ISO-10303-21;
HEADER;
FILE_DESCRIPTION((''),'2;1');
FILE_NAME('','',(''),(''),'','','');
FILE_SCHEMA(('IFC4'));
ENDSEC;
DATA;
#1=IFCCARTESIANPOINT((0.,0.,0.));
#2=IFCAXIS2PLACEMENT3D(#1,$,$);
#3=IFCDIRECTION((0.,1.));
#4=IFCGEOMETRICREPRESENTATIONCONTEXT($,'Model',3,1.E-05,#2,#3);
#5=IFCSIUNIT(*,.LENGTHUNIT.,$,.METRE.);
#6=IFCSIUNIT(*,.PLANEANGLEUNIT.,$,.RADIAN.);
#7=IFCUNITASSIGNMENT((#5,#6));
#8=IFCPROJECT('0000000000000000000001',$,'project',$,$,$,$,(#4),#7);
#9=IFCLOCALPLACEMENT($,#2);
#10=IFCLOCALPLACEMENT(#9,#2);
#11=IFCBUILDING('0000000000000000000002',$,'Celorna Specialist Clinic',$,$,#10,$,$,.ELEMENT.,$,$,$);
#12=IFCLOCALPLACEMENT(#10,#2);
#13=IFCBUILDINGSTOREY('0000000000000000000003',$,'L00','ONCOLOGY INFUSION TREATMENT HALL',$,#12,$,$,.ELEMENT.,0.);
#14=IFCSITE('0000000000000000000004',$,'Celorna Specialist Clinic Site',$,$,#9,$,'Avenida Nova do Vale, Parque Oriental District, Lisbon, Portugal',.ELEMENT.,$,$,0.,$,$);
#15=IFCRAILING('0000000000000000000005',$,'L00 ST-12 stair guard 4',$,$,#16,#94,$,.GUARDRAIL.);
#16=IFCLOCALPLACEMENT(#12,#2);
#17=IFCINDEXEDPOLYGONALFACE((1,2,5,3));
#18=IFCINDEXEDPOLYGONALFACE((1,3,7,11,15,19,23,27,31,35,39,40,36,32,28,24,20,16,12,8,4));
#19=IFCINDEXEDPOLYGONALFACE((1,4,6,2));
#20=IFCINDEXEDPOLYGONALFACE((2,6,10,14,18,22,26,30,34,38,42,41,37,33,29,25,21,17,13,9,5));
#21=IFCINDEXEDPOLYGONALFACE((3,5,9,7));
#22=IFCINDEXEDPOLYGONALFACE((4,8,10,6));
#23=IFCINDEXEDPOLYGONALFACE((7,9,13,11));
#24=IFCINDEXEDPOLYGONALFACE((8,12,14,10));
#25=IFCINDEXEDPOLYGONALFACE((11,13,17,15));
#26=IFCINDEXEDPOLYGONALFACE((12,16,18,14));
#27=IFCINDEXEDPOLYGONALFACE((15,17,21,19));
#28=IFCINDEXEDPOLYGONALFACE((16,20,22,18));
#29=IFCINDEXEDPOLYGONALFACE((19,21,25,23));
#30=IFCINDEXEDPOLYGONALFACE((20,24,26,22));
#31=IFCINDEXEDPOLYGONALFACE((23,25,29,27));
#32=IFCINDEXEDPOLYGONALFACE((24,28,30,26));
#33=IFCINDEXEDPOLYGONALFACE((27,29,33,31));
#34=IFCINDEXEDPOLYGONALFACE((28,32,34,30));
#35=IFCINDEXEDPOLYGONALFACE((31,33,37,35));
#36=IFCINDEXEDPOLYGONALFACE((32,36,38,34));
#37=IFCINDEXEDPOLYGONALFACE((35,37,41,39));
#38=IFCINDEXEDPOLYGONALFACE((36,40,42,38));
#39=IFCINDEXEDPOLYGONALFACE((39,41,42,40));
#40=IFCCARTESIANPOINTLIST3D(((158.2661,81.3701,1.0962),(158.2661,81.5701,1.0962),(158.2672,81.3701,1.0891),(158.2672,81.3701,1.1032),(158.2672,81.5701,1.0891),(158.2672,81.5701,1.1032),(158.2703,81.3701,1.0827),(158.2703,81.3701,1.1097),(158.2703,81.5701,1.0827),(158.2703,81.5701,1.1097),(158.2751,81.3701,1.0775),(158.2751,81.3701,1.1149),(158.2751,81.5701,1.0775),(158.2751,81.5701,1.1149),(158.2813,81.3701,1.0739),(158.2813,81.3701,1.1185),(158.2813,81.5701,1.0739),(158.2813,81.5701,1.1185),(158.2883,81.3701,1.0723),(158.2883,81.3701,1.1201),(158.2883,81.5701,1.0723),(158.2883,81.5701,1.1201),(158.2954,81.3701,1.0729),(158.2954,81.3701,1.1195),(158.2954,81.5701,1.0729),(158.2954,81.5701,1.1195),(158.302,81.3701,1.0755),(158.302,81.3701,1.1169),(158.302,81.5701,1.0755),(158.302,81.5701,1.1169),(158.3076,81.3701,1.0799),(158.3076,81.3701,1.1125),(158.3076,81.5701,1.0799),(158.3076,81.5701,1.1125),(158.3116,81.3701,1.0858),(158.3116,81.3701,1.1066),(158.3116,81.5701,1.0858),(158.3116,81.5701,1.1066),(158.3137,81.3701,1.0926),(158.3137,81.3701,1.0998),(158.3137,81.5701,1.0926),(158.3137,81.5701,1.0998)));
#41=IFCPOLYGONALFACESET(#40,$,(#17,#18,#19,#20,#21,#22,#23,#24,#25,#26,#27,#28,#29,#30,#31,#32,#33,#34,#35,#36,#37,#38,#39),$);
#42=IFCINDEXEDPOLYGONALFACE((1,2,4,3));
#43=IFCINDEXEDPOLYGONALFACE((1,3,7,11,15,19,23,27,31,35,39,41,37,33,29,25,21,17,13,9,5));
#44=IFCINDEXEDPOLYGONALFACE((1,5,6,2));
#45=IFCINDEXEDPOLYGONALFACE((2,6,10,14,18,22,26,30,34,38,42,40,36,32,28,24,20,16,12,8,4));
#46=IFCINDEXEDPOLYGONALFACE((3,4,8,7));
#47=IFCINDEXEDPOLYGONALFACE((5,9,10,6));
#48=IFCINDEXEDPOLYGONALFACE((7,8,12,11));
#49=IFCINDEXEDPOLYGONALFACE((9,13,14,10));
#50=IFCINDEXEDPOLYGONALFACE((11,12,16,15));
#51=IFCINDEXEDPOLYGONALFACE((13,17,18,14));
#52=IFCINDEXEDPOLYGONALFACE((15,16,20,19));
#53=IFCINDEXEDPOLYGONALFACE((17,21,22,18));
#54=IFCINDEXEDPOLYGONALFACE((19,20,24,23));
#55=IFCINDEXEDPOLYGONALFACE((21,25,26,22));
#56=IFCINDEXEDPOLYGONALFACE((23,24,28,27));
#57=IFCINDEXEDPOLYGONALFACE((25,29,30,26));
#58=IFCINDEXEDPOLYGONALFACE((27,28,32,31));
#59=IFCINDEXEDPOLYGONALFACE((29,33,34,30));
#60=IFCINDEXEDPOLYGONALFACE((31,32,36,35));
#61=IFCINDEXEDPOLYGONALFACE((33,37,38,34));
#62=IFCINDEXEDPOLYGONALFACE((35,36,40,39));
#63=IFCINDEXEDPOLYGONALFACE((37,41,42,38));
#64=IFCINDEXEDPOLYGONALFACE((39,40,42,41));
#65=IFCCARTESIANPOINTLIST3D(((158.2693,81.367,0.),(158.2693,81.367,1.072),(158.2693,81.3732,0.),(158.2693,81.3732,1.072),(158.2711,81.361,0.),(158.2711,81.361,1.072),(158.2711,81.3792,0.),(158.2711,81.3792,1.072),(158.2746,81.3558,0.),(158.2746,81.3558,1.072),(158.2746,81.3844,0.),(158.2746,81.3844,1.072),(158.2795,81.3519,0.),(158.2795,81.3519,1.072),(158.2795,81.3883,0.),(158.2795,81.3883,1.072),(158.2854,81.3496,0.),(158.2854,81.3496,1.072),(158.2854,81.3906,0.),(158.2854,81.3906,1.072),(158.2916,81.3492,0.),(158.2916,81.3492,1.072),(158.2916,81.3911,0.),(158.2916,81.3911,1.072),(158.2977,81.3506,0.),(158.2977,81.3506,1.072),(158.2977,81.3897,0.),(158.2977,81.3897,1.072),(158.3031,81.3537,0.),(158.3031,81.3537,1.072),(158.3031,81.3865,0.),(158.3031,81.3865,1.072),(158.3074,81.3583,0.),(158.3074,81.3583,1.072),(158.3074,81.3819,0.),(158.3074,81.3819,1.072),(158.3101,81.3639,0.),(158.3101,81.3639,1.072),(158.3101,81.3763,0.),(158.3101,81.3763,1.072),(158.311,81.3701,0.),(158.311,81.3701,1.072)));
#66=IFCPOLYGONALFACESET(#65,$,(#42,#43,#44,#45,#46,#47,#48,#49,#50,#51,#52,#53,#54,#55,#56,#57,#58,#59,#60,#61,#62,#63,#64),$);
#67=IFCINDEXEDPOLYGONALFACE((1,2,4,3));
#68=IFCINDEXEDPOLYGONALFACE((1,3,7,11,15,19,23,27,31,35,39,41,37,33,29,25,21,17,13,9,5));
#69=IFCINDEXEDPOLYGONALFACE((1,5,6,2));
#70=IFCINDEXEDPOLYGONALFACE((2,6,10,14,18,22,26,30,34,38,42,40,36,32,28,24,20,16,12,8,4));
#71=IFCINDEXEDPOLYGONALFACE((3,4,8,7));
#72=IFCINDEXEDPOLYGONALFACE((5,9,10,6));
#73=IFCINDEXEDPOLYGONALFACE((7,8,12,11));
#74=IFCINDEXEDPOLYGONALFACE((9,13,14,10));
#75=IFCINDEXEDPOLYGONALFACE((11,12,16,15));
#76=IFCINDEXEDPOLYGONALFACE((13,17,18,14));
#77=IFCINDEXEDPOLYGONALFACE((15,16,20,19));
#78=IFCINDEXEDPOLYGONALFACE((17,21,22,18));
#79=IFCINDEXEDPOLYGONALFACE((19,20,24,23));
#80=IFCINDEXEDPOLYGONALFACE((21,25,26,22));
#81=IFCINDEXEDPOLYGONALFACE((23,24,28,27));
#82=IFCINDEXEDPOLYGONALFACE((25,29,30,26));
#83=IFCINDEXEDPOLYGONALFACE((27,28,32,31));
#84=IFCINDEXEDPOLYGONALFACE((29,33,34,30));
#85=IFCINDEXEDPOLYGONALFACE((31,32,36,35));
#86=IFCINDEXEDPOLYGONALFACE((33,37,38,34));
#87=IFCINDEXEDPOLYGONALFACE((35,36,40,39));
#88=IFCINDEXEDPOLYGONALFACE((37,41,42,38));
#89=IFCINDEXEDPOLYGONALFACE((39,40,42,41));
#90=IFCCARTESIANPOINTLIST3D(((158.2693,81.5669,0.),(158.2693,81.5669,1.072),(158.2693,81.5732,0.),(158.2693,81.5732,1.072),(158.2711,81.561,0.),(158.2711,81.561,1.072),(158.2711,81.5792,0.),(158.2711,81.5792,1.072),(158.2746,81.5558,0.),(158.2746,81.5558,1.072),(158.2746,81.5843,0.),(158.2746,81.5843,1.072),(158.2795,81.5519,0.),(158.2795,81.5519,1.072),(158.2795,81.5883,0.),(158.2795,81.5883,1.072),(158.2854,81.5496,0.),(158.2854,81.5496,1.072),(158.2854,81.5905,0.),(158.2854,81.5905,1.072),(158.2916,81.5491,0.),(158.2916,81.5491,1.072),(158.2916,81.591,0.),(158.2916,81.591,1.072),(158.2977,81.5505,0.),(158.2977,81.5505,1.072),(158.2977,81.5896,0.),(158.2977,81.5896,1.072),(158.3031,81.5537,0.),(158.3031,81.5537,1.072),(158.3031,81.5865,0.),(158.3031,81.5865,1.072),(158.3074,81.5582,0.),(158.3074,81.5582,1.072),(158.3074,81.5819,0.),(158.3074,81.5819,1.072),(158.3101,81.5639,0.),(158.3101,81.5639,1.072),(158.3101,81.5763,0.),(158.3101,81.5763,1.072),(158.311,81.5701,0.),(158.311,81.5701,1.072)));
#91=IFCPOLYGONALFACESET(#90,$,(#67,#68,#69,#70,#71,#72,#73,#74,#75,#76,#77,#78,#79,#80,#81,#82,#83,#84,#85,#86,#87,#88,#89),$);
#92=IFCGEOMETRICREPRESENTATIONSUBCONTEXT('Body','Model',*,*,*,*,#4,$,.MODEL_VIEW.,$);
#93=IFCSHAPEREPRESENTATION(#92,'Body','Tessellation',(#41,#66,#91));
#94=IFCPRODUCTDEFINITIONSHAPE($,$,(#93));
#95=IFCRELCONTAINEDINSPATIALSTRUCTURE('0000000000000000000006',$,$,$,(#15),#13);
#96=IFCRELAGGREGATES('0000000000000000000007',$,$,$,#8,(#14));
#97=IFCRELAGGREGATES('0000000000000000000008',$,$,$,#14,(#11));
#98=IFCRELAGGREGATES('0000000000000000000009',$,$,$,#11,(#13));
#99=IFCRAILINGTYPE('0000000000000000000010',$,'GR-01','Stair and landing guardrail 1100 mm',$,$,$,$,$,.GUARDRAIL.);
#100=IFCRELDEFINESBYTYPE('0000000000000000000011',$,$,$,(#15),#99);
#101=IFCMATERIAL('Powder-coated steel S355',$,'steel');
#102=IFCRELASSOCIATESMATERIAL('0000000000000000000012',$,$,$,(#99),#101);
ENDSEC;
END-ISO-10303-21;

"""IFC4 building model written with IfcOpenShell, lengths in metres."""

from ifc_helpers import new_model, si_unit, direction, frame, origin, origin_2d, place, context, subcontext, project, spatial, circle, extrude, material, type_object, element, save


model = new_model("IFC4")

# Units and contexts
model_context = context("Model", 3, precision=1e-05, world=origin(), true_north=direction((0.0, 1.0)))
body_context = subcontext(model_context, "Body", "Model", "MODEL_VIEW")
ifc_project = project(units=[si_unit("LENGTHUNIT", "METRE"), si_unit("PLANEANGLEUNIT", "RADIAN")], contexts=[model_context])

# Site, building, storey
site_placement = place(None, origin())
site = spatial("IfcSite", under=ifc_project, at=site_placement, Name="Celorna Specialist Clinic Site", LongName="Avenida Nova do Vale, Parque Oriental District, Lisbon, Portugal", CompositionType="ELEMENT", RefElevation=0.0)
building_placement = place(site_placement, origin())
building = spatial("IfcBuilding", under=site, at=building_placement, Name="Celorna Specialist Clinic", CompositionType="ELEMENT")
storey_placement = place(building_placement, origin())
storey = spatial("IfcBuildingStorey", under=building, at=storey_placement, Name="L00", Description="ONCOLOGY INFUSION TREATMENT HALL", CompositionType="ELEMENT", Elevation=0.0)

# Railing
ifc_material_1 = material(Name="Powder-coated steel S355", Category="steel")
railing_type_1 = type_object("IfcRailingType", Name="GR-01", Description="Stair and landing guardrail 1100 mm", PredefinedType="GUARDRAIL", material=ifc_material_1)
railing_1_placement = place(storey_placement, frame((158.29, 81.3701, 0.0)))
element("IfcRailing", 1, at=railing_1_placement, inside=storey, type_object=railing_type_1, Name="L00 ST-12 stair guard 4", PredefinedType="GUARDRAIL", context=body_context, shape_type="SweptSolid", body=[
    extrude(circle(Radius=0.0239, at=origin_2d()), frame((0.0, 0.0, 1.0962), z_axis=(0.0, 1.0, 0.0), x_axis=(-1.0, 0.0, 0.0)), (0.0, 0.0, 1.0), 0.2),
    extrude(circle(Radius=0.021, at=origin_2d()), origin(), (0.0, 0.0, 1.0), 1.072),
    extrude(circle(Radius=0.021, at=origin_2d()), frame((0.0, 0.2, 0.0)), (0.0, 0.0, 1.0), 1.072),
])

save(model, "model.ifc")
